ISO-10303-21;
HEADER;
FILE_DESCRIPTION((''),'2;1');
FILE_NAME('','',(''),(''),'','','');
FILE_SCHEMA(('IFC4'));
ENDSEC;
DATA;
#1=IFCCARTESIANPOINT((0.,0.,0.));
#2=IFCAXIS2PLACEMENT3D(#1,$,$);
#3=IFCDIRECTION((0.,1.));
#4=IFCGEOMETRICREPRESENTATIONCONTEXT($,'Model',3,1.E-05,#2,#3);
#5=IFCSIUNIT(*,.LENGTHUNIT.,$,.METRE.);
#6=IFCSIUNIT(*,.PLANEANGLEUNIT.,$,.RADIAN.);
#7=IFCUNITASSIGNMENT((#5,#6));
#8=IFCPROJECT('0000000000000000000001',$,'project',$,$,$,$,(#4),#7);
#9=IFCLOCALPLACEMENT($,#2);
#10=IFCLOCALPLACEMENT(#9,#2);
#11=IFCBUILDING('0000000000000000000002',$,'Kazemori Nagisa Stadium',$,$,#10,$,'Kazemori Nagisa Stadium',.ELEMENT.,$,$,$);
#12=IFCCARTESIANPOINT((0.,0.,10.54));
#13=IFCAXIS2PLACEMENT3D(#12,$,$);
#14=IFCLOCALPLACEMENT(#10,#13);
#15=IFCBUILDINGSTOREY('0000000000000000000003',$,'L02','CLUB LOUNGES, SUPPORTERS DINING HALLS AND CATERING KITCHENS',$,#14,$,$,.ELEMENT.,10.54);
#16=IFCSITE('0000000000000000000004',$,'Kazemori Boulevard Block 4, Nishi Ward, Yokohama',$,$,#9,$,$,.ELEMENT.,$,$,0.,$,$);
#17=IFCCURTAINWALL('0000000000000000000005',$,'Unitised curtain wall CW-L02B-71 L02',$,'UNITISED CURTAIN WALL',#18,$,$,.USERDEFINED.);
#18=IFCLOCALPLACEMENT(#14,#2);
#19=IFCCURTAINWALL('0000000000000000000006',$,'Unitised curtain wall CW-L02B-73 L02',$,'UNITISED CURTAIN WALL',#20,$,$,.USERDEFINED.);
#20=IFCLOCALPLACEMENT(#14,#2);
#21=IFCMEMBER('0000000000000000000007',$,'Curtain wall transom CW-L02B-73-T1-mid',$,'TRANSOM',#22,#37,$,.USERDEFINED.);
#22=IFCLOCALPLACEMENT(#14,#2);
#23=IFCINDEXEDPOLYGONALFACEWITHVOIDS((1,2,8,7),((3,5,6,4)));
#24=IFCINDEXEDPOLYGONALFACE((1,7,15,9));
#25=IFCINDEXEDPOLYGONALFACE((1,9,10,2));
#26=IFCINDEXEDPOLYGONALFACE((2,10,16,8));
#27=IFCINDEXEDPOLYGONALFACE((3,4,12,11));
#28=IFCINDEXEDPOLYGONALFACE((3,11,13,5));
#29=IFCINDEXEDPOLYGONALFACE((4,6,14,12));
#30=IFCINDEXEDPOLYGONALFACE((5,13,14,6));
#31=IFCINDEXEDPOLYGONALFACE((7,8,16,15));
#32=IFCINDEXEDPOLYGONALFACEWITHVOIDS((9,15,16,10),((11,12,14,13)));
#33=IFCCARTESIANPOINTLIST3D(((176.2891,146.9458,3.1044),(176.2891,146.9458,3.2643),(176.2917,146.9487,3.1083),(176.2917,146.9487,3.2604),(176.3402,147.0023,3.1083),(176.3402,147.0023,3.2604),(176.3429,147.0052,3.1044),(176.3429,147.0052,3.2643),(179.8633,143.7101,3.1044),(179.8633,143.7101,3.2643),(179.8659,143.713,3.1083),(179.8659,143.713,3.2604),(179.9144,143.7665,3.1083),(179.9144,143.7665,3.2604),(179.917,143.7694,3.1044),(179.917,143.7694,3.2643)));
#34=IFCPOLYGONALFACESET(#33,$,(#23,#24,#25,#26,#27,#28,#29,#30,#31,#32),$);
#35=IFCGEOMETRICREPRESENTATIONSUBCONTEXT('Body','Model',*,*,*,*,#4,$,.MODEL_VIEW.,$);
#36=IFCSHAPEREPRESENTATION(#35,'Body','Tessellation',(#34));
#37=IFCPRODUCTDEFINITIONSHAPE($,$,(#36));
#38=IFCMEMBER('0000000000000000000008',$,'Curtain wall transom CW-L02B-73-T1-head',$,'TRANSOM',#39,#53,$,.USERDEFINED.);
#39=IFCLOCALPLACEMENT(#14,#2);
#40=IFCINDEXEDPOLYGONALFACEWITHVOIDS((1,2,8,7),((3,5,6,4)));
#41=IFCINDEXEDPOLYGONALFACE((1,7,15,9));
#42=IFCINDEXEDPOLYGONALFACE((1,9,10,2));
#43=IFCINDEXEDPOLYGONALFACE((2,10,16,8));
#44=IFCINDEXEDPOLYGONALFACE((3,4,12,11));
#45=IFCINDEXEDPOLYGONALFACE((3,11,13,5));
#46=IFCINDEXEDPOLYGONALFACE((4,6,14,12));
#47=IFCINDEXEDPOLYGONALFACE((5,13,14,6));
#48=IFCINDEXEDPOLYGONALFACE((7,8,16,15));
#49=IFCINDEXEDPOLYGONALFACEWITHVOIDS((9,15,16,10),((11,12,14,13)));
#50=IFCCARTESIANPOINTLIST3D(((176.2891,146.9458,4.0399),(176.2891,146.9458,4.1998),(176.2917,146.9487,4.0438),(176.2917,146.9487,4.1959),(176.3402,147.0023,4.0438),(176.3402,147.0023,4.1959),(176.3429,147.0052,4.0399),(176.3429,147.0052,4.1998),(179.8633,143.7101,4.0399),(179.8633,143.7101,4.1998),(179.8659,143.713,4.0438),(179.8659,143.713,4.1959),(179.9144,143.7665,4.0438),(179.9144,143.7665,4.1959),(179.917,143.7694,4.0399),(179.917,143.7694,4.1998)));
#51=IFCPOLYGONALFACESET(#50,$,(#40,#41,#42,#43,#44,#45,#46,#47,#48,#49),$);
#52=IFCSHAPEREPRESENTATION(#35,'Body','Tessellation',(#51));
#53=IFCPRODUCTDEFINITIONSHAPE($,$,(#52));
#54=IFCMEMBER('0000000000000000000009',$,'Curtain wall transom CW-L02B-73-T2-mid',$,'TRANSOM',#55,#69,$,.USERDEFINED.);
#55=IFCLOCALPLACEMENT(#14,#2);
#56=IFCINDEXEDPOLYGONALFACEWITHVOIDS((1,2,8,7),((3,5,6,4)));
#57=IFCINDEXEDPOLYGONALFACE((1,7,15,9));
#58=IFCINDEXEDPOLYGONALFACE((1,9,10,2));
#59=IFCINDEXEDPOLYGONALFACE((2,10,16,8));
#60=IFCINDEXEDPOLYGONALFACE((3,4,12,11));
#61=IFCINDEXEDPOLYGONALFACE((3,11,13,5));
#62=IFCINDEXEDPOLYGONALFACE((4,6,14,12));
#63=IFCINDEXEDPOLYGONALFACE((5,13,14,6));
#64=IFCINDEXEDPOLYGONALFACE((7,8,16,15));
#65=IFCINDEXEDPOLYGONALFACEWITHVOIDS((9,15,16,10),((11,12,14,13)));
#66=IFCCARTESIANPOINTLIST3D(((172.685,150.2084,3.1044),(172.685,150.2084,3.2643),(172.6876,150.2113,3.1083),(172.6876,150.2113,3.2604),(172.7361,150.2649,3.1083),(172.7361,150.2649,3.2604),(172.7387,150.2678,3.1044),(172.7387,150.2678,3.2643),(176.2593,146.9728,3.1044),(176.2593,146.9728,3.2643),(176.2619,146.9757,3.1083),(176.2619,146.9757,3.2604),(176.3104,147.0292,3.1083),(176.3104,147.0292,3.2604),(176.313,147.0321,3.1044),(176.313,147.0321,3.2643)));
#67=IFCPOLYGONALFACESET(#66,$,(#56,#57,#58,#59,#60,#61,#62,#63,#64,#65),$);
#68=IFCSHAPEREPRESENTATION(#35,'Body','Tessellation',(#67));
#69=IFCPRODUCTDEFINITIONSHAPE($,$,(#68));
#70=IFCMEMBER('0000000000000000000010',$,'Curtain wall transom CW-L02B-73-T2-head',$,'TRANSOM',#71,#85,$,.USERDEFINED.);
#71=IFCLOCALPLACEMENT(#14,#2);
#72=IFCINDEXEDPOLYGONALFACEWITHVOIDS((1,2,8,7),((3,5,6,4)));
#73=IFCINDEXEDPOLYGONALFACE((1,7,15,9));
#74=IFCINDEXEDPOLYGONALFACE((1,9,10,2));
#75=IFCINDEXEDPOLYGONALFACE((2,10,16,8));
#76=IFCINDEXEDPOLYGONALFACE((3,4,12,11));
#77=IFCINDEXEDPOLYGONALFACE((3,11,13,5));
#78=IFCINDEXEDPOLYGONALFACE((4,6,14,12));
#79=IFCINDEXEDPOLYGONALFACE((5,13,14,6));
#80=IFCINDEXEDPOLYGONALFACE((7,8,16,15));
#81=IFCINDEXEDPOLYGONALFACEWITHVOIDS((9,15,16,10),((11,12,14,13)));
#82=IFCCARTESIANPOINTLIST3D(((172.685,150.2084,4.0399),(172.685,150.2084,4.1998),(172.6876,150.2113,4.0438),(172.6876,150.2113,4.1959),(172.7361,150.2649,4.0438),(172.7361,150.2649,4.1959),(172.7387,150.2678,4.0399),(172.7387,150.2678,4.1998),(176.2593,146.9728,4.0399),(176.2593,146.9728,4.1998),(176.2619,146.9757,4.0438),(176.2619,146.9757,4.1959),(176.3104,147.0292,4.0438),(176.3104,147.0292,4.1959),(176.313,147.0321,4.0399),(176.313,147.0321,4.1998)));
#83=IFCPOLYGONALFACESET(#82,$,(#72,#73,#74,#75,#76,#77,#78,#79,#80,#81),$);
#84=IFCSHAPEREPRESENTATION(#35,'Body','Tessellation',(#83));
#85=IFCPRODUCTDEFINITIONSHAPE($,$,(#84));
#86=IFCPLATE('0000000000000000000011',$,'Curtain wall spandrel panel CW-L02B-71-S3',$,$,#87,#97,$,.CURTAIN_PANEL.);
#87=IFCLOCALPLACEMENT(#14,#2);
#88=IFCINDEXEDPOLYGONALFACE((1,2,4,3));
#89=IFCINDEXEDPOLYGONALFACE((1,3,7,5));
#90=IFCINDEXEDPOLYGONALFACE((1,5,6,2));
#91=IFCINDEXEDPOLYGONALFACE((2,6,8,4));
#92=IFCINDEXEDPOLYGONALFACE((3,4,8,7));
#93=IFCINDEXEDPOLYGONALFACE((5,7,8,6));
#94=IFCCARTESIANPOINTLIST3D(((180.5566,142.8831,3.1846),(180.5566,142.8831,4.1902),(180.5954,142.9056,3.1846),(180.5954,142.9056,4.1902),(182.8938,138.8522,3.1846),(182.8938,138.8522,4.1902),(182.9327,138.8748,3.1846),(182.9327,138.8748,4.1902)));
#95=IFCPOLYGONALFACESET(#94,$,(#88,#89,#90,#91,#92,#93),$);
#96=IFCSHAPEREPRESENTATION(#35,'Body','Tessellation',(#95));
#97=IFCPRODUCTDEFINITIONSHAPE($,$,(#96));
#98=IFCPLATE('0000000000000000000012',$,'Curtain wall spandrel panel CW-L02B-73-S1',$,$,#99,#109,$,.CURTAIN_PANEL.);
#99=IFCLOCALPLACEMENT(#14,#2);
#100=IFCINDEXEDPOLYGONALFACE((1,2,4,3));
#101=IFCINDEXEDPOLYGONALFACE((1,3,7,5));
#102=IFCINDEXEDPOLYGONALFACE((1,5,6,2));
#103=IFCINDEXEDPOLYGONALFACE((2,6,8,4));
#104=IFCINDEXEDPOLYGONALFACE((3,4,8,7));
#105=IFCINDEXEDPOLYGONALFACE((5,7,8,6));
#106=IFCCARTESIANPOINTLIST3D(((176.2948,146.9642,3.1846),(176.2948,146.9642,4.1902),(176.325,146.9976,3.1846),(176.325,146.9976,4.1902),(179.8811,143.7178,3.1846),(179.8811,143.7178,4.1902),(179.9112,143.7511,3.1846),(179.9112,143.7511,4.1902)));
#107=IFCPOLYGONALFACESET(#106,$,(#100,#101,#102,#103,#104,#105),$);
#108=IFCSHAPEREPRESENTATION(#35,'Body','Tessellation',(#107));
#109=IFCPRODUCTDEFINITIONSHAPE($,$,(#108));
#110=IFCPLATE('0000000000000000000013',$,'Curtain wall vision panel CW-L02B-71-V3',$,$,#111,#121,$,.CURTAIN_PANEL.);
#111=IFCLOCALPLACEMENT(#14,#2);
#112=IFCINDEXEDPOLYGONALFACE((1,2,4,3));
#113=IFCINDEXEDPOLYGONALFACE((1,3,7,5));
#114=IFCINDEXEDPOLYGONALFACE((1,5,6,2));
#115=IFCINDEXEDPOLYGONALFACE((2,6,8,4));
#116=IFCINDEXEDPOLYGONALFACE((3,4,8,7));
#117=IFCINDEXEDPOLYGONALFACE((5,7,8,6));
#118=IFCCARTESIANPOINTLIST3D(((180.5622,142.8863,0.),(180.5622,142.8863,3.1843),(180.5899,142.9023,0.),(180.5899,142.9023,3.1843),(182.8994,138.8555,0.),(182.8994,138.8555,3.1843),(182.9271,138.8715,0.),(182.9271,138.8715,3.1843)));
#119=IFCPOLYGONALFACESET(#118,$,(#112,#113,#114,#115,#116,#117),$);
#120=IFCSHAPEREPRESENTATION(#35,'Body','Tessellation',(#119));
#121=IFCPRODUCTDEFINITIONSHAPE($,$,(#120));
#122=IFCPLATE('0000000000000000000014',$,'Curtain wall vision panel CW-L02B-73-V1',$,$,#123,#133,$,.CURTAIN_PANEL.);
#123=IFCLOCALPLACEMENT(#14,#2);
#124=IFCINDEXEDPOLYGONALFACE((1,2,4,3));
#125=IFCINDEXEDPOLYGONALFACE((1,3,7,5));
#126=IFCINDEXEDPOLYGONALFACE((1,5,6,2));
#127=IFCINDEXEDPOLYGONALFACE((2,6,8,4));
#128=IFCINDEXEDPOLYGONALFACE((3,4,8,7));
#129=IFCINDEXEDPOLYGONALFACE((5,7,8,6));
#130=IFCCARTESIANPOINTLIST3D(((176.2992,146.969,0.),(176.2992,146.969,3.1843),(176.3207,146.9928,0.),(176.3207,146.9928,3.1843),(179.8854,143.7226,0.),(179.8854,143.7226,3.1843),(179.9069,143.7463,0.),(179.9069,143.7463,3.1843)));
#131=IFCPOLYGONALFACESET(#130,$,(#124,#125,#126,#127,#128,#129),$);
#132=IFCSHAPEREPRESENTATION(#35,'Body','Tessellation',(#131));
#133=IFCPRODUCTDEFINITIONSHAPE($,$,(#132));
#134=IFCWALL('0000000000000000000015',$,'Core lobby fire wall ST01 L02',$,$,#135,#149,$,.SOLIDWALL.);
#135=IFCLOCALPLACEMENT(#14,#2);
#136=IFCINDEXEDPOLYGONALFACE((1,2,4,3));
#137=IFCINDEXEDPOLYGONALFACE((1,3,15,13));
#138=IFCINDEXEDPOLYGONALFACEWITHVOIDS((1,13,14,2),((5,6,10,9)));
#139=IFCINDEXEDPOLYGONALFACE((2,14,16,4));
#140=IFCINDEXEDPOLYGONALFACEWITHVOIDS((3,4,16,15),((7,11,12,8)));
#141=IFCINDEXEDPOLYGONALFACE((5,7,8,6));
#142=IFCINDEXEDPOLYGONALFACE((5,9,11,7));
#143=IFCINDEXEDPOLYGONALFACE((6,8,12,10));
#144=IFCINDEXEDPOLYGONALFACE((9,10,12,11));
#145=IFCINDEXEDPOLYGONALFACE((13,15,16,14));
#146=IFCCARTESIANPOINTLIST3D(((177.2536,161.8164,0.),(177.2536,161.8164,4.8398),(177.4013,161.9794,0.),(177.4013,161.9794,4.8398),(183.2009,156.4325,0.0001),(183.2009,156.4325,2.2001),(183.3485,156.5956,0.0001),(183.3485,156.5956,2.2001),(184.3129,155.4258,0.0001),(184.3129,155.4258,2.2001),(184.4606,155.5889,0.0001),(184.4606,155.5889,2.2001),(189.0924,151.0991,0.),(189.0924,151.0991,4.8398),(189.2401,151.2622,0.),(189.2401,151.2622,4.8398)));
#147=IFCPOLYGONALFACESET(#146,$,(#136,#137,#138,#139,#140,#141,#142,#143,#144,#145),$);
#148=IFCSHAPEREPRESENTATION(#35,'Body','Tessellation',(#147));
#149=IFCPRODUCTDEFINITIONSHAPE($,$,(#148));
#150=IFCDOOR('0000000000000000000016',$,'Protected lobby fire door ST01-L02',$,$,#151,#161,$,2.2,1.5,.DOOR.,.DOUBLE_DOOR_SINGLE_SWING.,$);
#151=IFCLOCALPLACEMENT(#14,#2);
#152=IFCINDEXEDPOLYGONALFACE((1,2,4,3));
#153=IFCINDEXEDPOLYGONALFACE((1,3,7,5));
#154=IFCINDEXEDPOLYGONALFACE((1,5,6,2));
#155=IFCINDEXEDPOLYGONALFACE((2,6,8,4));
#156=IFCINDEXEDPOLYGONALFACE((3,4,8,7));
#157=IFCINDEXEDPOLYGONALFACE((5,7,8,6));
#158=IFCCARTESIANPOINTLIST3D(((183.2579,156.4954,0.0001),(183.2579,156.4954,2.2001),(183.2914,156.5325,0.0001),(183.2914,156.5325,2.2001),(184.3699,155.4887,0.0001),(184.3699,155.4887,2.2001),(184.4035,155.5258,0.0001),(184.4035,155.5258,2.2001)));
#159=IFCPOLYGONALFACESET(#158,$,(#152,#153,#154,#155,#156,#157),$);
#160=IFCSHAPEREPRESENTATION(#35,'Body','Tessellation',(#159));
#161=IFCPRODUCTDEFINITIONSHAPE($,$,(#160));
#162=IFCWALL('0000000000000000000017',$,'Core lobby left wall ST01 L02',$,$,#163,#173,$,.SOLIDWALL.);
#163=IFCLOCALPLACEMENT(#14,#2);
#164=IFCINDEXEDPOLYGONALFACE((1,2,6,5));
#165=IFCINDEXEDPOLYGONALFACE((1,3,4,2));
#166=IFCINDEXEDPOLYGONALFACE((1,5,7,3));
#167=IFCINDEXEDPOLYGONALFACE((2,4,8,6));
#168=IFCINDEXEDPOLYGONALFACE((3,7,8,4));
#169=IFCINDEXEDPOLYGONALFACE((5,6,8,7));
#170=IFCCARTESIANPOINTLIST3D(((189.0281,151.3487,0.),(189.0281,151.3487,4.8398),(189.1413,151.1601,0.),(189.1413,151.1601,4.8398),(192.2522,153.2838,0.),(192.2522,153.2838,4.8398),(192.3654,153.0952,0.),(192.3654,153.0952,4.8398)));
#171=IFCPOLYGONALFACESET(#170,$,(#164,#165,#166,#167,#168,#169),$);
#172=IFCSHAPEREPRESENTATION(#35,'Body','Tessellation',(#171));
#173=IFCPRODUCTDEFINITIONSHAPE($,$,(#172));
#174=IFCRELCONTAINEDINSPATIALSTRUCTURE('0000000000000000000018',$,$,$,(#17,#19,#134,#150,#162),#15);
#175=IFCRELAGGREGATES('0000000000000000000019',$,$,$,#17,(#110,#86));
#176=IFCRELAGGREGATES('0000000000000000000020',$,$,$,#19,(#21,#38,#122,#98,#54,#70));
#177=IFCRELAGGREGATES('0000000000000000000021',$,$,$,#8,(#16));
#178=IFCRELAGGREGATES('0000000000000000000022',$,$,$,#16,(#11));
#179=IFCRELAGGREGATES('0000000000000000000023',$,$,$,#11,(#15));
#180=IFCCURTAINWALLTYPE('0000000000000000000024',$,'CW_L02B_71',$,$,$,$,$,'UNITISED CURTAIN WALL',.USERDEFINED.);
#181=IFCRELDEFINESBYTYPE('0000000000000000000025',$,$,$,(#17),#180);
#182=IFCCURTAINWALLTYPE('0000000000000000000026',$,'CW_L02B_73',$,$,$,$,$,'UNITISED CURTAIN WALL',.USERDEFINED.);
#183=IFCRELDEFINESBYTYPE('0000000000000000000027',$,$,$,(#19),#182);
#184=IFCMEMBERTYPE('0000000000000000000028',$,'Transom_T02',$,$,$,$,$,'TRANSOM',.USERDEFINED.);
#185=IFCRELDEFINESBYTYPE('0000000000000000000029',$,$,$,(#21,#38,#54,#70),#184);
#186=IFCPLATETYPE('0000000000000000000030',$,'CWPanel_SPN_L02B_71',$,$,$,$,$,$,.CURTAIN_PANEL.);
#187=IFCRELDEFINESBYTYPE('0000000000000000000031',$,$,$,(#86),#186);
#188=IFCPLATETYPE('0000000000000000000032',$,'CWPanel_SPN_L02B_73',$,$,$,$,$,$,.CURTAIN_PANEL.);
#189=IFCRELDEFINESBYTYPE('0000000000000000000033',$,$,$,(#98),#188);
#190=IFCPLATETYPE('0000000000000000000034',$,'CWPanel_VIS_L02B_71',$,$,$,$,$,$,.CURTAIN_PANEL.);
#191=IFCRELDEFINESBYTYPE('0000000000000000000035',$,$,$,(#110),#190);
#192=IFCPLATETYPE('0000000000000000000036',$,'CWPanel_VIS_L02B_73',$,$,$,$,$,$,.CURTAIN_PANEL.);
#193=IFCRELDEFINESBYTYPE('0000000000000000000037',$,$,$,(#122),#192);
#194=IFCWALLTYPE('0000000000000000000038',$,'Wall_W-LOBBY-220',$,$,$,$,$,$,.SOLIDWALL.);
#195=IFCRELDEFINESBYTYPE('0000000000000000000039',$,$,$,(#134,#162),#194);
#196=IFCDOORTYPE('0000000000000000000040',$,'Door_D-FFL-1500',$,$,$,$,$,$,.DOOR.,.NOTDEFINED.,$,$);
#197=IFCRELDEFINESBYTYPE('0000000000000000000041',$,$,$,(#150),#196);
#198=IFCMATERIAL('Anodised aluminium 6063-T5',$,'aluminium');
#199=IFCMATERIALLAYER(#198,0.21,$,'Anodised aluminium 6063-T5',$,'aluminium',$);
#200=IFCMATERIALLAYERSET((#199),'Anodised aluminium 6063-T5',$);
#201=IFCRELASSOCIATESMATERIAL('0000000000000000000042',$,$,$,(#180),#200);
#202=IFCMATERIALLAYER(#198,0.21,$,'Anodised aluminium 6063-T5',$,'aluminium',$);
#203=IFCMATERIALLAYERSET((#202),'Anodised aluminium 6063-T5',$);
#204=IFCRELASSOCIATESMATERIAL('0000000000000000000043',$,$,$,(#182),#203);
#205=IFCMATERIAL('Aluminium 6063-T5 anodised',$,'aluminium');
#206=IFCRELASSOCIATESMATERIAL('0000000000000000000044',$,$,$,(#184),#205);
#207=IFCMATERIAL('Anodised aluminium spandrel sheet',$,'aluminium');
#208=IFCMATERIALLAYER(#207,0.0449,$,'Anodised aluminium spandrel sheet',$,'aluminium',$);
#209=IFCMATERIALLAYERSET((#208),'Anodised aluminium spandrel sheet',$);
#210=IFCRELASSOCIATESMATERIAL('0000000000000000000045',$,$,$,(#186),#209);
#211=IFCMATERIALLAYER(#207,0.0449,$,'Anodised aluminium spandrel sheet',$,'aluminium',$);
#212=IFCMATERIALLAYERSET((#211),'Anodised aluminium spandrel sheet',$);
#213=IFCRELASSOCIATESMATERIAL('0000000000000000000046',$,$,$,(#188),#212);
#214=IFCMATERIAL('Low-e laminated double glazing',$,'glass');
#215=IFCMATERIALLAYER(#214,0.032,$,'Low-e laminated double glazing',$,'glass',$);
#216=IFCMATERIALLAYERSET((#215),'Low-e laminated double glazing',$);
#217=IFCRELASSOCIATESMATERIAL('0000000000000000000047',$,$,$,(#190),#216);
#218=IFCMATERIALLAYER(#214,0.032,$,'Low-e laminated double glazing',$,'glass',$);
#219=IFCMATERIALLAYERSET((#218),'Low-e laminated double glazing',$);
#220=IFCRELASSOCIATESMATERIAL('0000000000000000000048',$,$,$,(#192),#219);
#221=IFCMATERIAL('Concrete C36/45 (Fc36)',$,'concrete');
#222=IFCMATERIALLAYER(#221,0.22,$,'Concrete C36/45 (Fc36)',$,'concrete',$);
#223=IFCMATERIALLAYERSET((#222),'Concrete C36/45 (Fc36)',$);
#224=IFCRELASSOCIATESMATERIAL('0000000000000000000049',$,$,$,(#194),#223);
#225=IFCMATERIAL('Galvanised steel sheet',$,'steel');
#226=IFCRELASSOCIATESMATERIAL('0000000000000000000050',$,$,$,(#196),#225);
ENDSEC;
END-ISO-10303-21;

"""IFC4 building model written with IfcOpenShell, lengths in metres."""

from ifc_helpers import new_model, si_unit, direction, frame, frame_2d, origin, origin_2d, place, context, subcontext, project, spatial, rectangle, hollow_rectangle, extrude, material, layer, layer_set, material_profile, profile_set, type_object, element, fill, aggregate, save


model = new_model("IFC4")

# Units and contexts
model_context = context("Model", 3, precision=1e-05, world=origin(), true_north=direction((0.0, 1.0)))
body_context = subcontext(model_context, "Body", "Model", "MODEL_VIEW")
ifc_project = project(units=[si_unit("LENGTHUNIT", "METRE"), si_unit("PLANEANGLEUNIT", "RADIAN")], contexts=[model_context])

# Site, building, storey
site_placement = place(None, origin())
site = spatial("IfcSite", under=ifc_project, at=site_placement, Name="Kazemori Boulevard Block 4, Nishi Ward, Yokohama", CompositionType="ELEMENT", RefElevation=0.0)
building_placement = place(site_placement, origin())
building = spatial("IfcBuilding", under=site, at=building_placement, Name="Kazemori Nagisa Stadium", LongName="Kazemori Nagisa Stadium", CompositionType="ELEMENT")
storey_placement = place(building_placement, frame((0.0, 0.0, 10.54)))
storey = spatial("IfcBuildingStorey", under=building, at=storey_placement, Name="L02", Description="CLUB LOUNGES, SUPPORTERS DINING HALLS AND CATERING KITCHENS", CompositionType="ELEMENT", Elevation=10.54)

# Curtain walls
ifc_material_1 = material(Name="Anodised aluminium 6063-T5", Category="aluminium")
ifc_layer_1 = layer(ifc_material_1, 0.21, Name="Anodised aluminium 6063-T5", Category="aluminium")
ifc_layer_set_1 = layer_set([ifc_layer_1], Name="Anodised aluminium 6063-T5")
curtain_wall_type_1 = type_object("IfcCurtainWallType", Name="CW_L02B_71", ElementType="UNITISED CURTAIN WALL", PredefinedType="USERDEFINED", material=ifc_layer_set_1)
curtain_wall_1_placement = place(storey_placement, origin())
curtain_wall_1 = element("IfcCurtainWall", 1, at=curtain_wall_1_placement, inside=storey, type_object=curtain_wall_type_1, Name="Unitised curtain wall CW-L02B-71 L02", ObjectType="UNITISED CURTAIN WALL", PredefinedType="USERDEFINED")
ifc_material_2 = material(Name="Aluminium 6063-T5 anodised", Category="aluminium")
ifc_layer_2 = layer(ifc_material_1, 0.21, Name="Anodised aluminium 6063-T5", Category="aluminium")
ifc_layer_set_2 = layer_set([ifc_layer_2], Name="Anodised aluminium 6063-T5")
curtain_wall_type_2 = type_object("IfcCurtainWallType", Name="CW_L02B_73", ElementType="UNITISED CURTAIN WALL", PredefinedType="USERDEFINED", material=ifc_layer_set_2)
curtain_wall_2_placement = place(storey_placement, origin())
curtain_wall_2 = element("IfcCurtainWall", 2, at=curtain_wall_2_placement, inside=storey, type_object=curtain_wall_type_2, Name="Unitised curtain wall CW-L02B-73 L02", ObjectType="UNITISED CURTAIN WALL", PredefinedType="USERDEFINED")

# Members
ifc_material_profile_1 = material_profile(ifc_material_2, hollow_rectangle(XDim=0.0801, YDim=0.1599, WallThickness=0.0039, at=origin_2d()), Name="ALU-TRAN-80x160x4")
ifc_profile_set_1 = profile_set([ifc_material_profile_1], Name="Aluminium 6063-T5 anodised")
member_type_1 = type_object("IfcMemberType", Name="Transom_T02", ElementType="TRANSOM", PredefinedType="USERDEFINED", material=ifc_profile_set_1)
member_1_placement = place(storey_placement, frame((179.8901, 143.7397, 3.1843), z_axis=(-0.741327, 0.671144, 0.0), x_axis=(-0.671144, -0.741327, 0.0)))
member_1 = element("IfcMember", 3, at=member_1_placement, type_object=member_type_1, Name="Curtain wall transom CW-L02B-73-T1-mid", ObjectType="TRANSOM", PredefinedType="USERDEFINED", context=body_context, shape_type="SweptSolid", body=[
    extrude(hollow_rectangle(XDim=0.0801, YDim=0.1599, WallThickness=0.0039, at=origin_2d()), origin(), (0.0, 0.0, 1.0), 4.8213),
])
member_2_placement = place(storey_placement, frame((179.8901, 143.7397, 4.1199), z_axis=(-0.741327, 0.671144, 0.0), x_axis=(-0.671144, -0.741327, 0.0)))
member_2 = element("IfcMember", 4, at=member_2_placement, type_object=member_type_1, Name="Curtain wall transom CW-L02B-73-T1-head", ObjectType="TRANSOM", PredefinedType="USERDEFINED", context=body_context, shape_type="SweptSolid", body=[
    extrude(hollow_rectangle(XDim=0.0801, YDim=0.1599, WallThickness=0.0039, at=origin_2d()), origin(), (0.0, 0.0, 1.0), 4.8213),
])
member_3_placement = place(storey_placement, frame((176.2861, 147.0024, 3.1843), z_axis=(-0.741352, 0.671116, 0.0), x_axis=(-0.671116, -0.741352, 0.0)))
member_3 = element("IfcMember", 5, at=member_3_placement, type_object=member_type_1, Name="Curtain wall transom CW-L02B-73-T2-mid", ObjectType="TRANSOM", PredefinedType="USERDEFINED", context=body_context, shape_type="SweptSolid", body=[
    extrude(hollow_rectangle(XDim=0.0801, YDim=0.1599, WallThickness=0.0039, at=origin_2d()), origin(), (0.0, 0.0, 1.0), 4.8213),
])
member_4_placement = place(storey_placement, frame((176.2861, 147.0024, 4.1199), z_axis=(-0.741352, 0.671116, 0.0), x_axis=(-0.671116, -0.741352, 0.0)))
member_4 = element("IfcMember", 6, at=member_4_placement, type_object=member_type_1, Name="Curtain wall transom CW-L02B-73-T2-head", ObjectType="TRANSOM", PredefinedType="USERDEFINED", context=body_context, shape_type="SweptSolid", body=[
    extrude(hollow_rectangle(XDim=0.0801, YDim=0.1599, WallThickness=0.0039, at=origin_2d()), origin(), (0.0, 0.0, 1.0), 4.8213),
])

# Plates
ifc_material_3 = material(Name="Anodised aluminium spandrel sheet", Category="aluminium")
ifc_layer_3 = layer(ifc_material_3, 0.0449, Name="Anodised aluminium spandrel sheet", Category="aluminium")
ifc_layer_set_3 = layer_set([ifc_layer_3], Name="Anodised aluminium spandrel sheet")
plate_type_1 = type_object("IfcPlateType", Name="CWPanel_SPN_L02B_71", PredefinedType="CURTAIN_PANEL", material=ifc_layer_set_3)
plate_1_placement = place(storey_placement, frame((181.7446, 140.8789, 3.1846), z_axis=(0.0, 0.0, 1.0), x_axis=(-0.501612, 0.865093, 0.0)))
plate_1 = element("IfcPlate", 7, at=plate_1_placement, type_object=plate_type_1, Name="Curtain wall spandrel panel CW-L02B-71-S3", PredefinedType="CURTAIN_PANEL", context=body_context, shape_type="SweptSolid", body=[
    extrude(rectangle(XDim=4.6594, YDim=0.0449, at=origin_2d()), origin(), (0.0, 0.0, 1.0), 1.0056),
])
ifc_layer_4 = layer(ifc_material_3, 0.0449, Name="Anodised aluminium spandrel sheet", Category="aluminium")
ifc_layer_set_4 = layer_set([ifc_layer_4], Name="Anodised aluminium spandrel sheet")
plate_type_2 = type_object("IfcPlateType", Name="CWPanel_SPN_L02B_73", PredefinedType="CURTAIN_PANEL", material=ifc_layer_set_4)
plate_2_placement = place(storey_placement, frame((178.103, 145.3577, 3.1846), z_axis=(0.0, 0.0, 1.0), x_axis=(-0.741351, 0.671118, 0.0)))
plate_2 = element("IfcPlate", 8, at=plate_2_placement, type_object=plate_type_2, Name="Curtain wall spandrel panel CW-L02B-73-S1", PredefinedType="CURTAIN_PANEL", context=body_context, shape_type="SweptSolid", body=[
    extrude(rectangle(XDim=4.8374, YDim=0.0449, at=origin_2d()), origin(), (0.0, 0.0, 1.0), 1.0056),
])
ifc_material_4 = material(Name="Low-e laminated double glazing", Category="glass")
ifc_layer_5 = layer(ifc_material_4, 0.032, Name="Low-e laminated double glazing", Category="glass")
ifc_layer_set_5 = layer_set([ifc_layer_5], Name="Low-e laminated double glazing")
plate_type_3 = type_object("IfcPlateType", Name="CWPanel_VIS_L02B_71", PredefinedType="CURTAIN_PANEL", material=ifc_layer_set_5)
plate_3_placement = place(storey_placement, frame((181.7446, 140.8789, 0.0), z_axis=(0.0, 0.0, 1.0), x_axis=(-0.501612, 0.865093, 0.0)))
plate_3 = element("IfcPlate", 9, at=plate_3_placement, type_object=plate_type_3, Name="Curtain wall vision panel CW-L02B-71-V3", PredefinedType="CURTAIN_PANEL", context=body_context, shape_type="SweptSolid", body=[
    extrude(rectangle(XDim=4.6594, YDim=0.032, at=origin_2d()), origin(), (0.0, 0.0, 1.0), 3.1843),
])
aggregate(curtain_wall_1, [plate_3, plate_1])
ifc_layer_6 = layer(ifc_material_4, 0.032, Name="Low-e laminated double glazing", Category="glass")
ifc_layer_set_6 = layer_set([ifc_layer_6], Name="Low-e laminated double glazing")
plate_type_4 = type_object("IfcPlateType", Name="CWPanel_VIS_L02B_73", PredefinedType="CURTAIN_PANEL", material=ifc_layer_set_6)
plate_4_placement = place(storey_placement, frame((178.103, 145.3577, 0.0), z_axis=(0.0, 0.0, 1.0), x_axis=(-0.741351, 0.671118, 0.0)))
plate_4 = element("IfcPlate", 10, at=plate_4_placement, type_object=plate_type_4, Name="Curtain wall vision panel CW-L02B-73-V1", PredefinedType="CURTAIN_PANEL", context=body_context, shape_type="SweptSolid", body=[
    extrude(rectangle(XDim=4.8374, YDim=0.032, at=origin_2d()), origin(), (0.0, 0.0, 1.0), 3.1843),
])
aggregate(curtain_wall_2, [member_1, member_2, plate_4, plate_2, member_3, member_4])

# Wall, opening, door
ifc_material_5 = material(Name="Concrete C36/45 (Fc36)", Category="concrete")
ifc_layer_7 = layer(ifc_material_5, 0.22, Name="Concrete C36/45 (Fc36)", Category="concrete")
ifc_layer_set_7 = layer_set([ifc_layer_7], Name="Concrete C36/45 (Fc36)")
wall_type = type_object("IfcWallType", Name="Wall_W-LOBBY-220", PredefinedType="SOLIDWALL", material=ifc_layer_set_7)
wall_1_placement = place(storey_placement, frame((189.1663, 151.1807, 0.0), z_axis=(0.0, 0.0, 1.0), x_axis=(-0.741351, 0.671117, 0.0)))
wall_1 = element("IfcWall", 11, at=wall_1_placement, inside=storey, type_object=wall_type, Name="Core lobby fire wall ST01 L02", PredefinedType="SOLIDWALL", context=body_context, shape_type="SweptSolid", body=[
    extrude(rectangle(XDim=15.9692, YDim=0.22, at=frame_2d((7.9846, 0.0))), origin(), (0.0, 0.0, 1.0), 4.8398),
])
opening_placement = place(wall_1_placement, frame((6.447, 0.0, 0.0)))
opening = element("IfcOpeningElement", 12, at=opening_placement, cuts=wall_1, PredefinedType="OPENING", context=body_context, shape_type="SweptSolid", body=[
    extrude(rectangle(XDim=1.5, YDim=2.2, at=frame_2d((0.75, 1.1001))), frame((0.0, 0.1199, 0.0), z_axis=(0.0, -1.0, 0.0), x_axis=(1.0, 0.0, 0.0)), (0.0, 0.0, 1.0), 0.24),
])
ifc_material_6 = material(Name="Galvanised steel sheet", Category="steel")
door_type = type_object("IfcDoorType", Name="Door_D-FFL-1500", OperationType="NOTDEFINED", PredefinedType="DOOR", material=ifc_material_6)
door_placement = place(opening_placement, frame((1.5, 0.0, 0.0), z_axis=(0.0, 0.0, 1.0), x_axis=(-1.0, 0.0, 0.0)))
door = element("IfcDoor", 13, at=door_placement, inside=storey, type_object=door_type, Name="Protected lobby fire door ST01-L02", OperationType="DOUBLE_DOOR_SINGLE_SWING", OverallHeight=2.2, OverallWidth=1.5, PredefinedType="DOOR", context=body_context, shape_type="SweptSolid", body=[
    extrude(rectangle(XDim=1.5, YDim=2.2, at=frame_2d((0.75, 1.1001))), frame((0.0, 0.0249, 0.0), z_axis=(0.0, -1.0, 0.0), x_axis=(1.0, 0.0, 0.0)), (0.0, 0.0, 1.0), 0.05),
])
fill(opening, door)

# Wall
wall_2_placement = place(storey_placement, frame((189.0847, 151.2544, 0.0), z_axis=(0.0, 0.0, 1.0), x_axis=(0.857424, 0.51461, 0.0)))
element("IfcWall", 14, at=wall_2_placement, inside=storey, type_object=wall_type, Name="Core lobby left wall ST01 L02", PredefinedType="SOLIDWALL", context=body_context, shape_type="SweptSolid", body=[
    extrude(rectangle(XDim=3.7603, YDim=0.22, at=frame_2d((1.8801, 0.0))), origin(), (0.0, 0.0, 1.0), 4.8398),
])

save(model, "model.ifc")
